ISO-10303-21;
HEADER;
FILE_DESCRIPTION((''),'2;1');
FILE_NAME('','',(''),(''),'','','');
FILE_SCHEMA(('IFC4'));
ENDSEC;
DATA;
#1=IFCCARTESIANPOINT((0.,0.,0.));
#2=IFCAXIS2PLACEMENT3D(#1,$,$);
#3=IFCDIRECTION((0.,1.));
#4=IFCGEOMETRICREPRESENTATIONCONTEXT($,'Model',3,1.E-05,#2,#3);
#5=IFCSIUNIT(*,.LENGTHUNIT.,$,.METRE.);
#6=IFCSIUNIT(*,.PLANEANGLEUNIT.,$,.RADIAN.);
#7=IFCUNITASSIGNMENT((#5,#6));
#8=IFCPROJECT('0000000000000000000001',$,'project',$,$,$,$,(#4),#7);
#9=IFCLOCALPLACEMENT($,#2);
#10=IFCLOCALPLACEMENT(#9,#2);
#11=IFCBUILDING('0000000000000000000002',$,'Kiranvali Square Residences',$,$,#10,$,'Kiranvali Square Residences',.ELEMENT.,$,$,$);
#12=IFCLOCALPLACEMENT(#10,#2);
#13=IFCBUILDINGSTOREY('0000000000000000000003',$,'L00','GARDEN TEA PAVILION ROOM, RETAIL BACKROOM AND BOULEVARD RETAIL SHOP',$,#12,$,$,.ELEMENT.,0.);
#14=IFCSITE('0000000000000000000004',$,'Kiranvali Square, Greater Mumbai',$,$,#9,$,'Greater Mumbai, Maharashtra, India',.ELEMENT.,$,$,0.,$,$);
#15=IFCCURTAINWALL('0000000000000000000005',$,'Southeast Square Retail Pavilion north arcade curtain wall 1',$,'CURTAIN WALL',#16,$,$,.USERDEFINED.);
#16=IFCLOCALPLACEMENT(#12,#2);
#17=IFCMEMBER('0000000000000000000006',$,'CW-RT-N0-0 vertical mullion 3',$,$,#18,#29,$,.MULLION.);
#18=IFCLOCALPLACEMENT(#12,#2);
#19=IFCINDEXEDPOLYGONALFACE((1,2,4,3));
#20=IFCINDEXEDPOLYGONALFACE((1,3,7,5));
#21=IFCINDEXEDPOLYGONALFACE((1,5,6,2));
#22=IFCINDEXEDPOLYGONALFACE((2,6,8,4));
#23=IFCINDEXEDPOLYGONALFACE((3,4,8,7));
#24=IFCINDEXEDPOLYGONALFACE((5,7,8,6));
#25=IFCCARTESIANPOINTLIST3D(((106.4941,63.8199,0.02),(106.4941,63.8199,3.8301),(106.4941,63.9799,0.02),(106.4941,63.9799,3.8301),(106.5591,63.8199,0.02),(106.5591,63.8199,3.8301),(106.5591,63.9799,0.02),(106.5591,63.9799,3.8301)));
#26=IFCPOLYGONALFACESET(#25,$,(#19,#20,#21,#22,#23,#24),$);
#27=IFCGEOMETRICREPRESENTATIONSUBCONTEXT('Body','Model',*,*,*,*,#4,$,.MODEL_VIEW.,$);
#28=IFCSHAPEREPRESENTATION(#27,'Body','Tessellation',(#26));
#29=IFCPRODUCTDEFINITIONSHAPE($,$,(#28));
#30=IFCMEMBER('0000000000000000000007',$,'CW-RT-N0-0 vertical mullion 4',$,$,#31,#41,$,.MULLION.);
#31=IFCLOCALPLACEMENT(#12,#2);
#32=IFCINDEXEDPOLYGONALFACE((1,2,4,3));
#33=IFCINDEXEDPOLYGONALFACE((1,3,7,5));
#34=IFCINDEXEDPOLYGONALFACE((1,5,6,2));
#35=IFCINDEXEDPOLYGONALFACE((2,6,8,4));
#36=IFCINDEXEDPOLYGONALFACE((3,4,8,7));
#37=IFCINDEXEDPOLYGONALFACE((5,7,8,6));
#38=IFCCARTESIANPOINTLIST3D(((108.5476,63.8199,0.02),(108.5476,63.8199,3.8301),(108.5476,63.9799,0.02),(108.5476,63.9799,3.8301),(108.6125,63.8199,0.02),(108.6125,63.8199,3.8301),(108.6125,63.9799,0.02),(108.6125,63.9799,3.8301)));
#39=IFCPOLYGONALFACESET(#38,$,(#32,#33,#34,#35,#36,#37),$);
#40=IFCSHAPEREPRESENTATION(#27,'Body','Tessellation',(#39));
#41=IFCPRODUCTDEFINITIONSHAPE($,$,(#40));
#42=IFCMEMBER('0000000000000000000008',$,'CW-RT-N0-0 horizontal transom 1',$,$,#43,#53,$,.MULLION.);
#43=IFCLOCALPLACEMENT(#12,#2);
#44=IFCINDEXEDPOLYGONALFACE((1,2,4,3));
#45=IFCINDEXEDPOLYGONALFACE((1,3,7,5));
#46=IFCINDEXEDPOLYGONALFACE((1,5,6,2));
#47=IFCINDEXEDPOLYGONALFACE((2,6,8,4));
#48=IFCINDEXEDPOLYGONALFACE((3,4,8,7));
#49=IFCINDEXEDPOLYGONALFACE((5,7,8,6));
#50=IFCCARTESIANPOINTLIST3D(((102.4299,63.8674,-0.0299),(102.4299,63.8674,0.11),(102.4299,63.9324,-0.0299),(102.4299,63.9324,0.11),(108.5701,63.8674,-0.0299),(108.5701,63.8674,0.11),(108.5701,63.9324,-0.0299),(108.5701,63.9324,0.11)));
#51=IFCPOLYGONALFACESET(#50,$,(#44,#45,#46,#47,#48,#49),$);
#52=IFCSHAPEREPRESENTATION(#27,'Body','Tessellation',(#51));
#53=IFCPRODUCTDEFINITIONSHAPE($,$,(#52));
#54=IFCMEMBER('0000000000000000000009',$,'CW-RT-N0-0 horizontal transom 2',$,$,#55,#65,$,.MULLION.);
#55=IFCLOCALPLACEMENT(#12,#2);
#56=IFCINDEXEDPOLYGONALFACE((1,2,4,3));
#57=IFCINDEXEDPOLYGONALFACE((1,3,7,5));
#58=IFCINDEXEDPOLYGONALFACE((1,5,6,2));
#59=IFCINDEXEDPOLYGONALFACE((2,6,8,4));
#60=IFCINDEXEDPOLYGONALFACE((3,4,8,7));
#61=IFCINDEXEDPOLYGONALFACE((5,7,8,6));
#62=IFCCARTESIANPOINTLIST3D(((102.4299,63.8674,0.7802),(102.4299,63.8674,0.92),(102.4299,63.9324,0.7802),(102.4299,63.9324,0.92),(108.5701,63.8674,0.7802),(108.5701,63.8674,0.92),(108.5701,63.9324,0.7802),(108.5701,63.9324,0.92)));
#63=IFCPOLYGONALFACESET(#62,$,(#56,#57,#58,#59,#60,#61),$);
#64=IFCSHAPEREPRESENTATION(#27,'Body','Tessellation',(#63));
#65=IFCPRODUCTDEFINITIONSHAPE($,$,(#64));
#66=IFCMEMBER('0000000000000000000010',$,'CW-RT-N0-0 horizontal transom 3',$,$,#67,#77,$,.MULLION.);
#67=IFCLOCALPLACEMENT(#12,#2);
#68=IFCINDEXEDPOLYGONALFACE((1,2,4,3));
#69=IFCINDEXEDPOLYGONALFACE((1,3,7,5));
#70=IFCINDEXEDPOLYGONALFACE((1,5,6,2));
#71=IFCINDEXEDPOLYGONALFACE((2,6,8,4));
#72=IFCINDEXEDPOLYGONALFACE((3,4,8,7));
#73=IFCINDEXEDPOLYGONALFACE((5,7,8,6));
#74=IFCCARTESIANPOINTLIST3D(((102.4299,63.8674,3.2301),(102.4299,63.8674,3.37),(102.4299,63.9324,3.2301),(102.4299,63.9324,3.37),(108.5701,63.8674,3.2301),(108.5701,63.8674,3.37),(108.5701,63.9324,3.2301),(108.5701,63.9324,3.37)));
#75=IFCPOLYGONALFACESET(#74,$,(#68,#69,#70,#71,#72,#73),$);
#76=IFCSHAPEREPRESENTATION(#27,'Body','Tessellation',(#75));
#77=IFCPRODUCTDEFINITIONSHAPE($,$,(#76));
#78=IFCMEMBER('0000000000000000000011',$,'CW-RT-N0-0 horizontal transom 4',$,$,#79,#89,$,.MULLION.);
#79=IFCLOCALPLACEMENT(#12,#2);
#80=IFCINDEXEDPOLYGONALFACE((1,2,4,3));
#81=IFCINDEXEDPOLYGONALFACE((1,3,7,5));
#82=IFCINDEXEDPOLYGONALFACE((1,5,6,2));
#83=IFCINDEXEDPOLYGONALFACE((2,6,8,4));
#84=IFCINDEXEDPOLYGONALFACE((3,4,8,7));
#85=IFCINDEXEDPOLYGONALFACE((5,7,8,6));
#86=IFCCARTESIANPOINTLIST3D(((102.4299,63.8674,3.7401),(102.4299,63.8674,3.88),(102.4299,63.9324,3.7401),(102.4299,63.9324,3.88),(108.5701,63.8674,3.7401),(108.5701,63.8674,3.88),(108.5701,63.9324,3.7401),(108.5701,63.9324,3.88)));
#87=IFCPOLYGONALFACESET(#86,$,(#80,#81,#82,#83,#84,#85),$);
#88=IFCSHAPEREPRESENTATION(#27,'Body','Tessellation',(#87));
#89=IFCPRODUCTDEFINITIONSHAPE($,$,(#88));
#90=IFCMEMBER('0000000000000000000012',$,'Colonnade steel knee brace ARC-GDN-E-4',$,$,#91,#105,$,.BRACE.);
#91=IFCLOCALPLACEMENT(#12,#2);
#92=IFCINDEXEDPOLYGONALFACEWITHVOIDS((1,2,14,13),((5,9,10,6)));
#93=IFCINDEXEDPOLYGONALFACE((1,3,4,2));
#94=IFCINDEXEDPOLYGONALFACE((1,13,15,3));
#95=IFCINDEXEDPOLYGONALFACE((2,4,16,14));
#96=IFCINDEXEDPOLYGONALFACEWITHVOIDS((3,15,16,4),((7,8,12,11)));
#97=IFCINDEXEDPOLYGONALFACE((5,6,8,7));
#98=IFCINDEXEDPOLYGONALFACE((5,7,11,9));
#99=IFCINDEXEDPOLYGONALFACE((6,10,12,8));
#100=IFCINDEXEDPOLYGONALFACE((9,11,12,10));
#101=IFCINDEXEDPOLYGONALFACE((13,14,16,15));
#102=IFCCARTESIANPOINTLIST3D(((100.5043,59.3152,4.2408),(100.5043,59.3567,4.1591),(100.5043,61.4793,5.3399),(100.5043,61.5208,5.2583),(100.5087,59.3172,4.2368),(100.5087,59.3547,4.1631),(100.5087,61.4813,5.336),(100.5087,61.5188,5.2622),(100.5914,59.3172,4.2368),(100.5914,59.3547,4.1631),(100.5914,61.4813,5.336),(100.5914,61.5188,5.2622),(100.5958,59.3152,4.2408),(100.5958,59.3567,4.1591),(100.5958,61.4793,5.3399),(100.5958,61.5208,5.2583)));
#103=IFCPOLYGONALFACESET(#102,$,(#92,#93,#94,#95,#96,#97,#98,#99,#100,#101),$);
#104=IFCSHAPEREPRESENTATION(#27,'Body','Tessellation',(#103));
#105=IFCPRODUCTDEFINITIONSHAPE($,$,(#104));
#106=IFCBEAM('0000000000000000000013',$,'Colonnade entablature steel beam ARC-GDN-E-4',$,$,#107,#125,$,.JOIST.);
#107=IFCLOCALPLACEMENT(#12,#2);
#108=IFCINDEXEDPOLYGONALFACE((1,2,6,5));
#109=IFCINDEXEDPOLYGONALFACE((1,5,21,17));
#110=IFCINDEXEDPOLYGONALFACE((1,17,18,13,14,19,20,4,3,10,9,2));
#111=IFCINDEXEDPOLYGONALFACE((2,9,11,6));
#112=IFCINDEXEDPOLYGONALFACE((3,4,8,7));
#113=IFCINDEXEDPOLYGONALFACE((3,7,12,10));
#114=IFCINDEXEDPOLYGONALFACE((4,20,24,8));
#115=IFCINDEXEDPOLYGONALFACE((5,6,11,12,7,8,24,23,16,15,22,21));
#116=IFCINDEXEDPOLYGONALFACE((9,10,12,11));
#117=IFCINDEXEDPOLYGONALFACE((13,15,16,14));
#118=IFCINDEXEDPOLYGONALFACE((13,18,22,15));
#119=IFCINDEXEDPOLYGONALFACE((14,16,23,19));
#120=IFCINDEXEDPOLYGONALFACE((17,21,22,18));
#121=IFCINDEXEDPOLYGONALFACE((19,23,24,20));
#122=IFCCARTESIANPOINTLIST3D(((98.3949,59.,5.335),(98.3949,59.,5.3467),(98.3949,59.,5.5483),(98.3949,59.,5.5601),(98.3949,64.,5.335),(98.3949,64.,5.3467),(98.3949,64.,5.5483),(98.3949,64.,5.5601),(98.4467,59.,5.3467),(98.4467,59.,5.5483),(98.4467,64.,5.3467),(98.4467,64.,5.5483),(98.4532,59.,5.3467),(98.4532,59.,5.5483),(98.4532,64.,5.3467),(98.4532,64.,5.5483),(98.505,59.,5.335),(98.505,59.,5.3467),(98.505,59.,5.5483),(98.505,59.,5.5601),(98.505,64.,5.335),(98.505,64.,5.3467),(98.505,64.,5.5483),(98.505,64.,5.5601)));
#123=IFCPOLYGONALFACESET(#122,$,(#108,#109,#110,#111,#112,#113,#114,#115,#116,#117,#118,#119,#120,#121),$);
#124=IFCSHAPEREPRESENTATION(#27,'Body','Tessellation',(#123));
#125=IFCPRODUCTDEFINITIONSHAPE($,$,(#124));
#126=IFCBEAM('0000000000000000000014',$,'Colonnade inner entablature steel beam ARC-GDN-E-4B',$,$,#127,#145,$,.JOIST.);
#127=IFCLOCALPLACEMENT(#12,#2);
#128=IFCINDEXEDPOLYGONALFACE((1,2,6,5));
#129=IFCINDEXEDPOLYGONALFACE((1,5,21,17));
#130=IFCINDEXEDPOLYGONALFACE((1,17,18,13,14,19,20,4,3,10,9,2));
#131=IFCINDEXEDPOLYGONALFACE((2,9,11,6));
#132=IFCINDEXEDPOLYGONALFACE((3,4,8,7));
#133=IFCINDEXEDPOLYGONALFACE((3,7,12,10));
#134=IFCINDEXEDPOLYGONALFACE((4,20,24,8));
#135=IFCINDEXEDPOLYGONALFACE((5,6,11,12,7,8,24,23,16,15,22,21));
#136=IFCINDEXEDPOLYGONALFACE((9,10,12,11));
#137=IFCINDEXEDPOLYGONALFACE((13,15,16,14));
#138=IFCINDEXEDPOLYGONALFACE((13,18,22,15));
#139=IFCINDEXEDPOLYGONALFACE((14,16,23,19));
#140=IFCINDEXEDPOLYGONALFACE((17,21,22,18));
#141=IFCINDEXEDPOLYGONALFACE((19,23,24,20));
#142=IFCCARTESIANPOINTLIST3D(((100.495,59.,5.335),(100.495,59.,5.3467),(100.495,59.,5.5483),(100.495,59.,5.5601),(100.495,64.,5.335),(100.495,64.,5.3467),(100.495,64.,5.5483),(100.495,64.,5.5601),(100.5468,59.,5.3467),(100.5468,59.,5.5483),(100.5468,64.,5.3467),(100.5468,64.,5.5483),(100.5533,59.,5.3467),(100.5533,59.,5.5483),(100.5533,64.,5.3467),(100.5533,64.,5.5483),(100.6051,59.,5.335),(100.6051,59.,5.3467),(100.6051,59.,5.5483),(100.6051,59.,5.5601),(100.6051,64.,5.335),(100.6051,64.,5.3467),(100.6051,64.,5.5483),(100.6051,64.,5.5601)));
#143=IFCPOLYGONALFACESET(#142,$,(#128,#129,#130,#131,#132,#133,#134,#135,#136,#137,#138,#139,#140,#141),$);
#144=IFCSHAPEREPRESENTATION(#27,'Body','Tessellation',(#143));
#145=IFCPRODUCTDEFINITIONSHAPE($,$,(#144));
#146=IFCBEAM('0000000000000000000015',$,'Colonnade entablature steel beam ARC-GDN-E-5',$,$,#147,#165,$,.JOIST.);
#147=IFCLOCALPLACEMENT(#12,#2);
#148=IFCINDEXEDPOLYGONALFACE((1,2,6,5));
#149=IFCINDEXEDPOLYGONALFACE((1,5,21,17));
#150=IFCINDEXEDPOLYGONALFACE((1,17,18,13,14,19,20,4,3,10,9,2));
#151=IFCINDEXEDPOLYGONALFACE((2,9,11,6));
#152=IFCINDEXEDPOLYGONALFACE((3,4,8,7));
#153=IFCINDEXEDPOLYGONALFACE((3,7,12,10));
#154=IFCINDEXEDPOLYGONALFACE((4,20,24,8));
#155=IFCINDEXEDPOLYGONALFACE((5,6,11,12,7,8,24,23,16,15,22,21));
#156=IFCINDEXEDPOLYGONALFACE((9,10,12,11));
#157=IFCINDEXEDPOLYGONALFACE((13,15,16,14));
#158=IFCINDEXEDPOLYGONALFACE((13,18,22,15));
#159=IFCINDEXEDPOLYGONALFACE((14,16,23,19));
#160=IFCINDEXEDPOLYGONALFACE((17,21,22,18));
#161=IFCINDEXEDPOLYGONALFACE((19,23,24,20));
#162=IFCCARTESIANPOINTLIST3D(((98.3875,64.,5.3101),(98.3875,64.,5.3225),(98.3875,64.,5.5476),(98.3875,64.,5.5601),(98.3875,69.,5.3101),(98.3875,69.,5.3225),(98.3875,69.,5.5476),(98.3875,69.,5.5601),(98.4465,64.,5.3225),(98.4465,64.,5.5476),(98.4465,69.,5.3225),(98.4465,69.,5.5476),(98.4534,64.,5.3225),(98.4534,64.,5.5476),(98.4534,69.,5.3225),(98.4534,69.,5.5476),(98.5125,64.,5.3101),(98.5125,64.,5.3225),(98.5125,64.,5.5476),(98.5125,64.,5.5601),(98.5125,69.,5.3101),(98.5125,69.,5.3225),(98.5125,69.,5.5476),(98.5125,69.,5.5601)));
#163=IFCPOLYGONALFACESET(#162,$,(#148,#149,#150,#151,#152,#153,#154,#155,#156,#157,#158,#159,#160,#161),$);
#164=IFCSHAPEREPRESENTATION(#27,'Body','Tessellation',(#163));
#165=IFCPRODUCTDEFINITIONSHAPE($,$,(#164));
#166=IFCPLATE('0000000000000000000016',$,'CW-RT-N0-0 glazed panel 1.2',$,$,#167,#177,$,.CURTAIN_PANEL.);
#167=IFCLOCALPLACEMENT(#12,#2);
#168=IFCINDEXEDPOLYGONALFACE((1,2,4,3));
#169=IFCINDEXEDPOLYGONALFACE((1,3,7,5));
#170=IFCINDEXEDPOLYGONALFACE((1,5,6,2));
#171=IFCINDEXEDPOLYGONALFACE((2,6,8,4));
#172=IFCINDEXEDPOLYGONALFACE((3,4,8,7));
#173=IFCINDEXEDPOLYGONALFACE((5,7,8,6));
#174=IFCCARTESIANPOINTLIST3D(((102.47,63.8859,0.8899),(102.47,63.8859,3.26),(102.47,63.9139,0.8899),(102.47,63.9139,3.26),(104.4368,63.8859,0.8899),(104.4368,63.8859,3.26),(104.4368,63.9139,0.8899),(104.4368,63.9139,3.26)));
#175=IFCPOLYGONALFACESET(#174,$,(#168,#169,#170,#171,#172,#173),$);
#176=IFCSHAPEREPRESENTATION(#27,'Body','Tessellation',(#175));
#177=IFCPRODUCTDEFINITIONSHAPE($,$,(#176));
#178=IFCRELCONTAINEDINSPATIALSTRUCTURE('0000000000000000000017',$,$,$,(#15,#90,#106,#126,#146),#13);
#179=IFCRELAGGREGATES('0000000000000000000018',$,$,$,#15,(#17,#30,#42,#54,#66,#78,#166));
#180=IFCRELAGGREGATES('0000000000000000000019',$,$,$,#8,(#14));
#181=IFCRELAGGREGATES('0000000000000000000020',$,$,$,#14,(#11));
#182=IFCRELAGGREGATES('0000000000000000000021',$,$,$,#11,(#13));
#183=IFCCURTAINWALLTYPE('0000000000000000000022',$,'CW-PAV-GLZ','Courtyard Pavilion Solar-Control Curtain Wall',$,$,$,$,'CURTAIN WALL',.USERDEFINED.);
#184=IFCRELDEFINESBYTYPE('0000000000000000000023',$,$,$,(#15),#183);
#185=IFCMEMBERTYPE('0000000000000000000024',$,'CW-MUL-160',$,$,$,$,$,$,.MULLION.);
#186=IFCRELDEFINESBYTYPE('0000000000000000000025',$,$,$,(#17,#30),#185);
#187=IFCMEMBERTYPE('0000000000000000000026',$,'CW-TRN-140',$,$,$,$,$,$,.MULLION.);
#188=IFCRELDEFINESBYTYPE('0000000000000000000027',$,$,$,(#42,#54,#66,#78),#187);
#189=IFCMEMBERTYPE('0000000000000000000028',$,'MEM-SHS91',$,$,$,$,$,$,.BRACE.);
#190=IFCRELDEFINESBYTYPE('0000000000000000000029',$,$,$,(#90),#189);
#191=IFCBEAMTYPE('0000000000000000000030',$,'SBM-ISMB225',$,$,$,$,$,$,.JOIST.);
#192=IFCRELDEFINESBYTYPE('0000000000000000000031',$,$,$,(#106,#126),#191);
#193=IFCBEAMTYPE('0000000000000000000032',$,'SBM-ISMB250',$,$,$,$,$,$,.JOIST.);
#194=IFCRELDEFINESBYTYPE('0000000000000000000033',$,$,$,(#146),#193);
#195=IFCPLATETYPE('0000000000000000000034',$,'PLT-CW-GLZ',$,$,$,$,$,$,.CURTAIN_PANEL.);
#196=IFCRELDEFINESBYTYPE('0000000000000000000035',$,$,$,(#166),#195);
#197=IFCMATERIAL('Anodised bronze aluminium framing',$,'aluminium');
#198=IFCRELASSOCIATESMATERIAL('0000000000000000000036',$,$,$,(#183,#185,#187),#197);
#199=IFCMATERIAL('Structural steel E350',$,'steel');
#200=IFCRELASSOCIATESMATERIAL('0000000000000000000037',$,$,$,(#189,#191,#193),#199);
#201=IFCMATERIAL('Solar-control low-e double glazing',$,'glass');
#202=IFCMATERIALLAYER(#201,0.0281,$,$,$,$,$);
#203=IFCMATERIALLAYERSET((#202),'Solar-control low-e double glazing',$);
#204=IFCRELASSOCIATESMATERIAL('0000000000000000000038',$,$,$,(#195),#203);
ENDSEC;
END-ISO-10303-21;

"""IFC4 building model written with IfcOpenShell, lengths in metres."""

from ifc_helpers import new_model, si_unit, direction, frame, origin, origin_2d, place, context, subcontext, project, spatial, rectangle, hollow_rectangle, i_section, extrude, material, layer, layer_set, material_profile, profile_set, type_object, element, aggregate, save


model = new_model("IFC4")

# Units and contexts
model_context = context("Model", 3, precision=1e-05, world=origin(), true_north=direction((0.0, 1.0)))
body_context = subcontext(model_context, "Body", "Model", "MODEL_VIEW")
ifc_project = project(units=[si_unit("LENGTHUNIT", "METRE"), si_unit("PLANEANGLEUNIT", "RADIAN")], contexts=[model_context])

# Site, building, storey
site_placement = place(None, origin())
site = spatial("IfcSite", under=ifc_project, at=site_placement, Name="Kiranvali Square, Greater Mumbai", LongName="Greater Mumbai, Maharashtra, India", CompositionType="ELEMENT", RefElevation=0.0)
building_placement = place(site_placement, origin())
building = spatial("IfcBuilding", under=site, at=building_placement, Name="Kiranvali Square Residences", LongName="Kiranvali Square Residences", CompositionType="ELEMENT")
storey_placement = place(building_placement, origin())
storey = spatial("IfcBuildingStorey", under=building, at=storey_placement, Name="L00", Description="GARDEN TEA PAVILION ROOM, RETAIL BACKROOM AND BOULEVARD RETAIL SHOP", CompositionType="ELEMENT", Elevation=0.0)

# Curtain wall, members
ifc_material_1 = material(Name="Anodised bronze aluminium framing", Category="aluminium")
curtain_wall_type = type_object("IfcCurtainWallType", Name="CW-PAV-GLZ", Description="Courtyard Pavilion Solar-Control Curtain Wall", ElementType="CURTAIN WALL", PredefinedType="USERDEFINED", material=ifc_material_1)
curtain_wall_placement = place(storey_placement, origin())
curtain_wall = element("IfcCurtainWall", 1, at=curtain_wall_placement, inside=storey, type_object=curtain_wall_type, Name="Southeast Square Retail Pavilion north arcade curtain wall 1", ObjectType="CURTAIN WALL", PredefinedType="USERDEFINED")
ifc_material_profile_1 = material_profile(ifc_material_1, rectangle(XDim=0.0649, YDim=0.1599, at=origin_2d()), Name="ALU 65x160")
ifc_profile_set_1 = profile_set([ifc_material_profile_1], Name="Anodised bronze aluminium framing")
member_type_1 = type_object("IfcMemberType", Name="CW-MUL-160", PredefinedType="MULLION", material=ifc_profile_set_1)
member_1_placement = place(storey_placement, frame((106.5266, 63.8999, 0.02), z_axis=(0.0, 0.0, 1.0), x_axis=(1.0, 0.0, 0.0)))
member_1 = element("IfcMember", 2, at=member_1_placement, type_object=member_type_1, Name="CW-RT-N0-0 vertical mullion 3", PredefinedType="MULLION", context=body_context, shape_type="SweptSolid", body=[
    extrude(rectangle(XDim=0.0649, YDim=0.1599, at=origin_2d()), origin(), (0.0, 0.0, 1.0), 3.8101),
])
member_2_placement = place(storey_placement, frame((108.5801, 63.8999, 0.02), z_axis=(0.0, 0.0, 1.0), x_axis=(1.0, 0.0, 0.0)))
member_2 = element("IfcMember", 3, at=member_2_placement, type_object=member_type_1, Name="CW-RT-N0-0 vertical mullion 4", PredefinedType="MULLION", context=body_context, shape_type="SweptSolid", body=[
    extrude(rectangle(XDim=0.0649, YDim=0.1599, at=origin_2d()), origin(), (0.0, 0.0, 1.0), 3.8101),
])
ifc_material_profile_2 = material_profile(ifc_material_1, rectangle(XDim=0.0649, YDim=0.1399, at=origin_2d()), Name="ALU 65x140")
ifc_profile_set_2 = profile_set([ifc_material_profile_2], Name="Anodised bronze aluminium framing")
member_type_2 = type_object("IfcMemberType", Name="CW-TRN-140", PredefinedType="MULLION", material=ifc_profile_set_2)
member_3_placement = place(storey_placement, frame((102.4299, 63.8999, 0.04), z_axis=(1.0, 0.0, 0.0), x_axis=(0.0, 1.0, 0.0)))
member_3 = element("IfcMember", 4, at=member_3_placement, type_object=member_type_2, Name="CW-RT-N0-0 horizontal transom 1", PredefinedType="MULLION", context=body_context, shape_type="SweptSolid", body=[
    extrude(rectangle(XDim=0.0649, YDim=0.1399, at=origin_2d()), origin(), (0.0, 0.0, 1.0), 6.1401),
])
member_4_placement = place(storey_placement, frame((102.4299, 63.8999, 0.8501), z_axis=(1.0, 0.0, 0.0), x_axis=(0.0, 1.0, 0.0)))
member_4 = element("IfcMember", 5, at=member_4_placement, type_object=member_type_2, Name="CW-RT-N0-0 horizontal transom 2", PredefinedType="MULLION", context=body_context, shape_type="SweptSolid", body=[
    extrude(rectangle(XDim=0.0649, YDim=0.1399, at=origin_2d()), origin(), (0.0, 0.0, 1.0), 6.1401),
])
member_5_placement = place(storey_placement, frame((102.4299, 63.8999, 3.3), z_axis=(1.0, 0.0, 0.0), x_axis=(0.0, 1.0, 0.0)))
member_5 = element("IfcMember", 6, at=member_5_placement, type_object=member_type_2, Name="CW-RT-N0-0 horizontal transom 3", PredefinedType="MULLION", context=body_context, shape_type="SweptSolid", body=[
    extrude(rectangle(XDim=0.0649, YDim=0.1399, at=origin_2d()), origin(), (0.0, 0.0, 1.0), 6.1401),
])
member_6_placement = place(storey_placement, frame((102.4299, 63.8999, 3.8101), z_axis=(1.0, 0.0, 0.0), x_axis=(0.0, 1.0, 0.0)))
member_6 = element("IfcMember", 7, at=member_6_placement, type_object=member_type_2, Name="CW-RT-N0-0 horizontal transom 4", PredefinedType="MULLION", context=body_context, shape_type="SweptSolid", body=[
    extrude(rectangle(XDim=0.0649, YDim=0.1399, at=origin_2d()), origin(), (0.0, 0.0, 1.0), 6.1401),
])

# Member
ifc_material_2 = material(Name="Structural steel E350", Category="steel")
ifc_material_profile_3 = material_profile(ifc_material_2, hollow_rectangle(XDim=0.0916, YDim=0.0916, WallThickness=0.0044, at=origin_2d()), Name="SHS 91.5x91.5x4.5")
ifc_profile_set_3 = profile_set([ifc_material_profile_3], Name="Structural steel E350")
member_type_3 = type_object("IfcMemberType", Name="MEM-SHS91", PredefinedType="BRACE", material=ifc_profile_set_3)
member_7_placement = place(storey_placement, frame((100.55, 59.3359, 4.2), z_axis=(0.0, 0.891593, 0.452838), x_axis=(-1.0, 0.0, 0.0)))
element("IfcMember", 8, at=member_7_placement, inside=storey, type_object=member_type_3, Name="Colonnade steel knee brace ARC-GDN-E-4", PredefinedType="BRACE", context=body_context, shape_type="SweptSolid", body=[
    extrude(hollow_rectangle(XDim=0.0916, YDim=0.0916, WallThickness=0.0044, at=origin_2d()), origin(), (0.0, 0.0, 1.0), 2.4272),
])

# Beams
ifc_material_profile_4 = material_profile(ifc_material_2, i_section(OverallWidth=0.1101, OverallDepth=0.2251, WebThickness=0.0066, FlangeThickness=0.0117, at=origin_2d()), Name="ISMB 225")
ifc_profile_set_4 = profile_set([ifc_material_profile_4], Name="Structural steel E350")
beam_type_1 = type_object("IfcBeamType", Name="SBM-ISMB225", PredefinedType="JOIST", material=ifc_profile_set_4)
for number, where, z_axis, x_axis, name in (
    (9, (98.45, 59.0, 5.4475), (0.0, 1.0, 0.0), (-1.0, 0.0, 0.0), "Colonnade entablature steel beam ARC-GDN-E-4"),
    (10, (100.55, 59.0, 5.4475), (0.0, 1.0, 0.0), (-1.0, 0.0, 0.0), "Colonnade inner entablature steel beam ARC-GDN-E-4B"),
):
    element("IfcBeam", number, at=place(storey_placement, frame(where, z_axis=z_axis, x_axis=x_axis)), inside=storey, type_object=beam_type_1, Name=name, PredefinedType="JOIST", context=body_context, shape_type="SweptSolid", body=[
        extrude(i_section(OverallWidth=0.1101, OverallDepth=0.2251, WebThickness=0.0066, FlangeThickness=0.0117, at=origin_2d()), origin(), (0.0, 0.0, 1.0), 5.0),
    ])
ifc_material_profile_5 = material_profile(ifc_material_2, i_section(OverallWidth=0.125, OverallDepth=0.25, WebThickness=0.0068, FlangeThickness=0.0125, at=origin_2d()), Name="ISMB 250")
ifc_profile_set_5 = profile_set([ifc_material_profile_5], Name="Structural steel E350")
beam_type_2 = type_object("IfcBeamType", Name="SBM-ISMB250", PredefinedType="JOIST", material=ifc_profile_set_5)
beam_placement = place(storey_placement, frame((98.45, 64.0, 5.4351), z_axis=(0.0, 1.0, 0.0), x_axis=(-1.0, 0.0, 0.0)))
element("IfcBeam", 11, at=beam_placement, inside=storey, type_object=beam_type_2, Name="Colonnade entablature steel beam ARC-GDN-E-5", PredefinedType="JOIST", context=body_context, shape_type="SweptSolid", body=[
    extrude(i_section(OverallWidth=0.125, OverallDepth=0.25, WebThickness=0.0068, FlangeThickness=0.0125, at=origin_2d()), origin(), (0.0, 0.0, 1.0), 5.0),
])

# Plate
ifc_material_3 = material(Name="Solar-control low-e double glazing", Category="glass")
ifc_layer_1 = layer(ifc_material_3, 0.0281)
ifc_layer_set_1 = layer_set([ifc_layer_1], Name="Solar-control low-e double glazing")
plate_type_1 = type_object("IfcPlateType", Name="PLT-CW-GLZ", PredefinedType="CURTAIN_PANEL", material=ifc_layer_set_1)
plate_1_placement = place(storey_placement, frame((103.4534, 63.8999, 0.8899), z_axis=(0.0, 0.0, 1.0), x_axis=(1.0, 0.0, 0.0)))
plate_1 = element("IfcPlate", 12, at=plate_1_placement, type_object=plate_type_1, Name="CW-RT-N0-0 glazed panel 1.2", PredefinedType="CURTAIN_PANEL", context=body_context, shape_type="SweptSolid", body=[
    extrude(rectangle(XDim=1.9668, YDim=0.0281, at=origin_2d()), origin(), (0.0, 0.0, 1.0), 2.3701),
])
aggregate(curtain_wall, [member_1, member_2, member_3, member_4, member_5, member_6, plate_1])

save(model, "model.ifc")
